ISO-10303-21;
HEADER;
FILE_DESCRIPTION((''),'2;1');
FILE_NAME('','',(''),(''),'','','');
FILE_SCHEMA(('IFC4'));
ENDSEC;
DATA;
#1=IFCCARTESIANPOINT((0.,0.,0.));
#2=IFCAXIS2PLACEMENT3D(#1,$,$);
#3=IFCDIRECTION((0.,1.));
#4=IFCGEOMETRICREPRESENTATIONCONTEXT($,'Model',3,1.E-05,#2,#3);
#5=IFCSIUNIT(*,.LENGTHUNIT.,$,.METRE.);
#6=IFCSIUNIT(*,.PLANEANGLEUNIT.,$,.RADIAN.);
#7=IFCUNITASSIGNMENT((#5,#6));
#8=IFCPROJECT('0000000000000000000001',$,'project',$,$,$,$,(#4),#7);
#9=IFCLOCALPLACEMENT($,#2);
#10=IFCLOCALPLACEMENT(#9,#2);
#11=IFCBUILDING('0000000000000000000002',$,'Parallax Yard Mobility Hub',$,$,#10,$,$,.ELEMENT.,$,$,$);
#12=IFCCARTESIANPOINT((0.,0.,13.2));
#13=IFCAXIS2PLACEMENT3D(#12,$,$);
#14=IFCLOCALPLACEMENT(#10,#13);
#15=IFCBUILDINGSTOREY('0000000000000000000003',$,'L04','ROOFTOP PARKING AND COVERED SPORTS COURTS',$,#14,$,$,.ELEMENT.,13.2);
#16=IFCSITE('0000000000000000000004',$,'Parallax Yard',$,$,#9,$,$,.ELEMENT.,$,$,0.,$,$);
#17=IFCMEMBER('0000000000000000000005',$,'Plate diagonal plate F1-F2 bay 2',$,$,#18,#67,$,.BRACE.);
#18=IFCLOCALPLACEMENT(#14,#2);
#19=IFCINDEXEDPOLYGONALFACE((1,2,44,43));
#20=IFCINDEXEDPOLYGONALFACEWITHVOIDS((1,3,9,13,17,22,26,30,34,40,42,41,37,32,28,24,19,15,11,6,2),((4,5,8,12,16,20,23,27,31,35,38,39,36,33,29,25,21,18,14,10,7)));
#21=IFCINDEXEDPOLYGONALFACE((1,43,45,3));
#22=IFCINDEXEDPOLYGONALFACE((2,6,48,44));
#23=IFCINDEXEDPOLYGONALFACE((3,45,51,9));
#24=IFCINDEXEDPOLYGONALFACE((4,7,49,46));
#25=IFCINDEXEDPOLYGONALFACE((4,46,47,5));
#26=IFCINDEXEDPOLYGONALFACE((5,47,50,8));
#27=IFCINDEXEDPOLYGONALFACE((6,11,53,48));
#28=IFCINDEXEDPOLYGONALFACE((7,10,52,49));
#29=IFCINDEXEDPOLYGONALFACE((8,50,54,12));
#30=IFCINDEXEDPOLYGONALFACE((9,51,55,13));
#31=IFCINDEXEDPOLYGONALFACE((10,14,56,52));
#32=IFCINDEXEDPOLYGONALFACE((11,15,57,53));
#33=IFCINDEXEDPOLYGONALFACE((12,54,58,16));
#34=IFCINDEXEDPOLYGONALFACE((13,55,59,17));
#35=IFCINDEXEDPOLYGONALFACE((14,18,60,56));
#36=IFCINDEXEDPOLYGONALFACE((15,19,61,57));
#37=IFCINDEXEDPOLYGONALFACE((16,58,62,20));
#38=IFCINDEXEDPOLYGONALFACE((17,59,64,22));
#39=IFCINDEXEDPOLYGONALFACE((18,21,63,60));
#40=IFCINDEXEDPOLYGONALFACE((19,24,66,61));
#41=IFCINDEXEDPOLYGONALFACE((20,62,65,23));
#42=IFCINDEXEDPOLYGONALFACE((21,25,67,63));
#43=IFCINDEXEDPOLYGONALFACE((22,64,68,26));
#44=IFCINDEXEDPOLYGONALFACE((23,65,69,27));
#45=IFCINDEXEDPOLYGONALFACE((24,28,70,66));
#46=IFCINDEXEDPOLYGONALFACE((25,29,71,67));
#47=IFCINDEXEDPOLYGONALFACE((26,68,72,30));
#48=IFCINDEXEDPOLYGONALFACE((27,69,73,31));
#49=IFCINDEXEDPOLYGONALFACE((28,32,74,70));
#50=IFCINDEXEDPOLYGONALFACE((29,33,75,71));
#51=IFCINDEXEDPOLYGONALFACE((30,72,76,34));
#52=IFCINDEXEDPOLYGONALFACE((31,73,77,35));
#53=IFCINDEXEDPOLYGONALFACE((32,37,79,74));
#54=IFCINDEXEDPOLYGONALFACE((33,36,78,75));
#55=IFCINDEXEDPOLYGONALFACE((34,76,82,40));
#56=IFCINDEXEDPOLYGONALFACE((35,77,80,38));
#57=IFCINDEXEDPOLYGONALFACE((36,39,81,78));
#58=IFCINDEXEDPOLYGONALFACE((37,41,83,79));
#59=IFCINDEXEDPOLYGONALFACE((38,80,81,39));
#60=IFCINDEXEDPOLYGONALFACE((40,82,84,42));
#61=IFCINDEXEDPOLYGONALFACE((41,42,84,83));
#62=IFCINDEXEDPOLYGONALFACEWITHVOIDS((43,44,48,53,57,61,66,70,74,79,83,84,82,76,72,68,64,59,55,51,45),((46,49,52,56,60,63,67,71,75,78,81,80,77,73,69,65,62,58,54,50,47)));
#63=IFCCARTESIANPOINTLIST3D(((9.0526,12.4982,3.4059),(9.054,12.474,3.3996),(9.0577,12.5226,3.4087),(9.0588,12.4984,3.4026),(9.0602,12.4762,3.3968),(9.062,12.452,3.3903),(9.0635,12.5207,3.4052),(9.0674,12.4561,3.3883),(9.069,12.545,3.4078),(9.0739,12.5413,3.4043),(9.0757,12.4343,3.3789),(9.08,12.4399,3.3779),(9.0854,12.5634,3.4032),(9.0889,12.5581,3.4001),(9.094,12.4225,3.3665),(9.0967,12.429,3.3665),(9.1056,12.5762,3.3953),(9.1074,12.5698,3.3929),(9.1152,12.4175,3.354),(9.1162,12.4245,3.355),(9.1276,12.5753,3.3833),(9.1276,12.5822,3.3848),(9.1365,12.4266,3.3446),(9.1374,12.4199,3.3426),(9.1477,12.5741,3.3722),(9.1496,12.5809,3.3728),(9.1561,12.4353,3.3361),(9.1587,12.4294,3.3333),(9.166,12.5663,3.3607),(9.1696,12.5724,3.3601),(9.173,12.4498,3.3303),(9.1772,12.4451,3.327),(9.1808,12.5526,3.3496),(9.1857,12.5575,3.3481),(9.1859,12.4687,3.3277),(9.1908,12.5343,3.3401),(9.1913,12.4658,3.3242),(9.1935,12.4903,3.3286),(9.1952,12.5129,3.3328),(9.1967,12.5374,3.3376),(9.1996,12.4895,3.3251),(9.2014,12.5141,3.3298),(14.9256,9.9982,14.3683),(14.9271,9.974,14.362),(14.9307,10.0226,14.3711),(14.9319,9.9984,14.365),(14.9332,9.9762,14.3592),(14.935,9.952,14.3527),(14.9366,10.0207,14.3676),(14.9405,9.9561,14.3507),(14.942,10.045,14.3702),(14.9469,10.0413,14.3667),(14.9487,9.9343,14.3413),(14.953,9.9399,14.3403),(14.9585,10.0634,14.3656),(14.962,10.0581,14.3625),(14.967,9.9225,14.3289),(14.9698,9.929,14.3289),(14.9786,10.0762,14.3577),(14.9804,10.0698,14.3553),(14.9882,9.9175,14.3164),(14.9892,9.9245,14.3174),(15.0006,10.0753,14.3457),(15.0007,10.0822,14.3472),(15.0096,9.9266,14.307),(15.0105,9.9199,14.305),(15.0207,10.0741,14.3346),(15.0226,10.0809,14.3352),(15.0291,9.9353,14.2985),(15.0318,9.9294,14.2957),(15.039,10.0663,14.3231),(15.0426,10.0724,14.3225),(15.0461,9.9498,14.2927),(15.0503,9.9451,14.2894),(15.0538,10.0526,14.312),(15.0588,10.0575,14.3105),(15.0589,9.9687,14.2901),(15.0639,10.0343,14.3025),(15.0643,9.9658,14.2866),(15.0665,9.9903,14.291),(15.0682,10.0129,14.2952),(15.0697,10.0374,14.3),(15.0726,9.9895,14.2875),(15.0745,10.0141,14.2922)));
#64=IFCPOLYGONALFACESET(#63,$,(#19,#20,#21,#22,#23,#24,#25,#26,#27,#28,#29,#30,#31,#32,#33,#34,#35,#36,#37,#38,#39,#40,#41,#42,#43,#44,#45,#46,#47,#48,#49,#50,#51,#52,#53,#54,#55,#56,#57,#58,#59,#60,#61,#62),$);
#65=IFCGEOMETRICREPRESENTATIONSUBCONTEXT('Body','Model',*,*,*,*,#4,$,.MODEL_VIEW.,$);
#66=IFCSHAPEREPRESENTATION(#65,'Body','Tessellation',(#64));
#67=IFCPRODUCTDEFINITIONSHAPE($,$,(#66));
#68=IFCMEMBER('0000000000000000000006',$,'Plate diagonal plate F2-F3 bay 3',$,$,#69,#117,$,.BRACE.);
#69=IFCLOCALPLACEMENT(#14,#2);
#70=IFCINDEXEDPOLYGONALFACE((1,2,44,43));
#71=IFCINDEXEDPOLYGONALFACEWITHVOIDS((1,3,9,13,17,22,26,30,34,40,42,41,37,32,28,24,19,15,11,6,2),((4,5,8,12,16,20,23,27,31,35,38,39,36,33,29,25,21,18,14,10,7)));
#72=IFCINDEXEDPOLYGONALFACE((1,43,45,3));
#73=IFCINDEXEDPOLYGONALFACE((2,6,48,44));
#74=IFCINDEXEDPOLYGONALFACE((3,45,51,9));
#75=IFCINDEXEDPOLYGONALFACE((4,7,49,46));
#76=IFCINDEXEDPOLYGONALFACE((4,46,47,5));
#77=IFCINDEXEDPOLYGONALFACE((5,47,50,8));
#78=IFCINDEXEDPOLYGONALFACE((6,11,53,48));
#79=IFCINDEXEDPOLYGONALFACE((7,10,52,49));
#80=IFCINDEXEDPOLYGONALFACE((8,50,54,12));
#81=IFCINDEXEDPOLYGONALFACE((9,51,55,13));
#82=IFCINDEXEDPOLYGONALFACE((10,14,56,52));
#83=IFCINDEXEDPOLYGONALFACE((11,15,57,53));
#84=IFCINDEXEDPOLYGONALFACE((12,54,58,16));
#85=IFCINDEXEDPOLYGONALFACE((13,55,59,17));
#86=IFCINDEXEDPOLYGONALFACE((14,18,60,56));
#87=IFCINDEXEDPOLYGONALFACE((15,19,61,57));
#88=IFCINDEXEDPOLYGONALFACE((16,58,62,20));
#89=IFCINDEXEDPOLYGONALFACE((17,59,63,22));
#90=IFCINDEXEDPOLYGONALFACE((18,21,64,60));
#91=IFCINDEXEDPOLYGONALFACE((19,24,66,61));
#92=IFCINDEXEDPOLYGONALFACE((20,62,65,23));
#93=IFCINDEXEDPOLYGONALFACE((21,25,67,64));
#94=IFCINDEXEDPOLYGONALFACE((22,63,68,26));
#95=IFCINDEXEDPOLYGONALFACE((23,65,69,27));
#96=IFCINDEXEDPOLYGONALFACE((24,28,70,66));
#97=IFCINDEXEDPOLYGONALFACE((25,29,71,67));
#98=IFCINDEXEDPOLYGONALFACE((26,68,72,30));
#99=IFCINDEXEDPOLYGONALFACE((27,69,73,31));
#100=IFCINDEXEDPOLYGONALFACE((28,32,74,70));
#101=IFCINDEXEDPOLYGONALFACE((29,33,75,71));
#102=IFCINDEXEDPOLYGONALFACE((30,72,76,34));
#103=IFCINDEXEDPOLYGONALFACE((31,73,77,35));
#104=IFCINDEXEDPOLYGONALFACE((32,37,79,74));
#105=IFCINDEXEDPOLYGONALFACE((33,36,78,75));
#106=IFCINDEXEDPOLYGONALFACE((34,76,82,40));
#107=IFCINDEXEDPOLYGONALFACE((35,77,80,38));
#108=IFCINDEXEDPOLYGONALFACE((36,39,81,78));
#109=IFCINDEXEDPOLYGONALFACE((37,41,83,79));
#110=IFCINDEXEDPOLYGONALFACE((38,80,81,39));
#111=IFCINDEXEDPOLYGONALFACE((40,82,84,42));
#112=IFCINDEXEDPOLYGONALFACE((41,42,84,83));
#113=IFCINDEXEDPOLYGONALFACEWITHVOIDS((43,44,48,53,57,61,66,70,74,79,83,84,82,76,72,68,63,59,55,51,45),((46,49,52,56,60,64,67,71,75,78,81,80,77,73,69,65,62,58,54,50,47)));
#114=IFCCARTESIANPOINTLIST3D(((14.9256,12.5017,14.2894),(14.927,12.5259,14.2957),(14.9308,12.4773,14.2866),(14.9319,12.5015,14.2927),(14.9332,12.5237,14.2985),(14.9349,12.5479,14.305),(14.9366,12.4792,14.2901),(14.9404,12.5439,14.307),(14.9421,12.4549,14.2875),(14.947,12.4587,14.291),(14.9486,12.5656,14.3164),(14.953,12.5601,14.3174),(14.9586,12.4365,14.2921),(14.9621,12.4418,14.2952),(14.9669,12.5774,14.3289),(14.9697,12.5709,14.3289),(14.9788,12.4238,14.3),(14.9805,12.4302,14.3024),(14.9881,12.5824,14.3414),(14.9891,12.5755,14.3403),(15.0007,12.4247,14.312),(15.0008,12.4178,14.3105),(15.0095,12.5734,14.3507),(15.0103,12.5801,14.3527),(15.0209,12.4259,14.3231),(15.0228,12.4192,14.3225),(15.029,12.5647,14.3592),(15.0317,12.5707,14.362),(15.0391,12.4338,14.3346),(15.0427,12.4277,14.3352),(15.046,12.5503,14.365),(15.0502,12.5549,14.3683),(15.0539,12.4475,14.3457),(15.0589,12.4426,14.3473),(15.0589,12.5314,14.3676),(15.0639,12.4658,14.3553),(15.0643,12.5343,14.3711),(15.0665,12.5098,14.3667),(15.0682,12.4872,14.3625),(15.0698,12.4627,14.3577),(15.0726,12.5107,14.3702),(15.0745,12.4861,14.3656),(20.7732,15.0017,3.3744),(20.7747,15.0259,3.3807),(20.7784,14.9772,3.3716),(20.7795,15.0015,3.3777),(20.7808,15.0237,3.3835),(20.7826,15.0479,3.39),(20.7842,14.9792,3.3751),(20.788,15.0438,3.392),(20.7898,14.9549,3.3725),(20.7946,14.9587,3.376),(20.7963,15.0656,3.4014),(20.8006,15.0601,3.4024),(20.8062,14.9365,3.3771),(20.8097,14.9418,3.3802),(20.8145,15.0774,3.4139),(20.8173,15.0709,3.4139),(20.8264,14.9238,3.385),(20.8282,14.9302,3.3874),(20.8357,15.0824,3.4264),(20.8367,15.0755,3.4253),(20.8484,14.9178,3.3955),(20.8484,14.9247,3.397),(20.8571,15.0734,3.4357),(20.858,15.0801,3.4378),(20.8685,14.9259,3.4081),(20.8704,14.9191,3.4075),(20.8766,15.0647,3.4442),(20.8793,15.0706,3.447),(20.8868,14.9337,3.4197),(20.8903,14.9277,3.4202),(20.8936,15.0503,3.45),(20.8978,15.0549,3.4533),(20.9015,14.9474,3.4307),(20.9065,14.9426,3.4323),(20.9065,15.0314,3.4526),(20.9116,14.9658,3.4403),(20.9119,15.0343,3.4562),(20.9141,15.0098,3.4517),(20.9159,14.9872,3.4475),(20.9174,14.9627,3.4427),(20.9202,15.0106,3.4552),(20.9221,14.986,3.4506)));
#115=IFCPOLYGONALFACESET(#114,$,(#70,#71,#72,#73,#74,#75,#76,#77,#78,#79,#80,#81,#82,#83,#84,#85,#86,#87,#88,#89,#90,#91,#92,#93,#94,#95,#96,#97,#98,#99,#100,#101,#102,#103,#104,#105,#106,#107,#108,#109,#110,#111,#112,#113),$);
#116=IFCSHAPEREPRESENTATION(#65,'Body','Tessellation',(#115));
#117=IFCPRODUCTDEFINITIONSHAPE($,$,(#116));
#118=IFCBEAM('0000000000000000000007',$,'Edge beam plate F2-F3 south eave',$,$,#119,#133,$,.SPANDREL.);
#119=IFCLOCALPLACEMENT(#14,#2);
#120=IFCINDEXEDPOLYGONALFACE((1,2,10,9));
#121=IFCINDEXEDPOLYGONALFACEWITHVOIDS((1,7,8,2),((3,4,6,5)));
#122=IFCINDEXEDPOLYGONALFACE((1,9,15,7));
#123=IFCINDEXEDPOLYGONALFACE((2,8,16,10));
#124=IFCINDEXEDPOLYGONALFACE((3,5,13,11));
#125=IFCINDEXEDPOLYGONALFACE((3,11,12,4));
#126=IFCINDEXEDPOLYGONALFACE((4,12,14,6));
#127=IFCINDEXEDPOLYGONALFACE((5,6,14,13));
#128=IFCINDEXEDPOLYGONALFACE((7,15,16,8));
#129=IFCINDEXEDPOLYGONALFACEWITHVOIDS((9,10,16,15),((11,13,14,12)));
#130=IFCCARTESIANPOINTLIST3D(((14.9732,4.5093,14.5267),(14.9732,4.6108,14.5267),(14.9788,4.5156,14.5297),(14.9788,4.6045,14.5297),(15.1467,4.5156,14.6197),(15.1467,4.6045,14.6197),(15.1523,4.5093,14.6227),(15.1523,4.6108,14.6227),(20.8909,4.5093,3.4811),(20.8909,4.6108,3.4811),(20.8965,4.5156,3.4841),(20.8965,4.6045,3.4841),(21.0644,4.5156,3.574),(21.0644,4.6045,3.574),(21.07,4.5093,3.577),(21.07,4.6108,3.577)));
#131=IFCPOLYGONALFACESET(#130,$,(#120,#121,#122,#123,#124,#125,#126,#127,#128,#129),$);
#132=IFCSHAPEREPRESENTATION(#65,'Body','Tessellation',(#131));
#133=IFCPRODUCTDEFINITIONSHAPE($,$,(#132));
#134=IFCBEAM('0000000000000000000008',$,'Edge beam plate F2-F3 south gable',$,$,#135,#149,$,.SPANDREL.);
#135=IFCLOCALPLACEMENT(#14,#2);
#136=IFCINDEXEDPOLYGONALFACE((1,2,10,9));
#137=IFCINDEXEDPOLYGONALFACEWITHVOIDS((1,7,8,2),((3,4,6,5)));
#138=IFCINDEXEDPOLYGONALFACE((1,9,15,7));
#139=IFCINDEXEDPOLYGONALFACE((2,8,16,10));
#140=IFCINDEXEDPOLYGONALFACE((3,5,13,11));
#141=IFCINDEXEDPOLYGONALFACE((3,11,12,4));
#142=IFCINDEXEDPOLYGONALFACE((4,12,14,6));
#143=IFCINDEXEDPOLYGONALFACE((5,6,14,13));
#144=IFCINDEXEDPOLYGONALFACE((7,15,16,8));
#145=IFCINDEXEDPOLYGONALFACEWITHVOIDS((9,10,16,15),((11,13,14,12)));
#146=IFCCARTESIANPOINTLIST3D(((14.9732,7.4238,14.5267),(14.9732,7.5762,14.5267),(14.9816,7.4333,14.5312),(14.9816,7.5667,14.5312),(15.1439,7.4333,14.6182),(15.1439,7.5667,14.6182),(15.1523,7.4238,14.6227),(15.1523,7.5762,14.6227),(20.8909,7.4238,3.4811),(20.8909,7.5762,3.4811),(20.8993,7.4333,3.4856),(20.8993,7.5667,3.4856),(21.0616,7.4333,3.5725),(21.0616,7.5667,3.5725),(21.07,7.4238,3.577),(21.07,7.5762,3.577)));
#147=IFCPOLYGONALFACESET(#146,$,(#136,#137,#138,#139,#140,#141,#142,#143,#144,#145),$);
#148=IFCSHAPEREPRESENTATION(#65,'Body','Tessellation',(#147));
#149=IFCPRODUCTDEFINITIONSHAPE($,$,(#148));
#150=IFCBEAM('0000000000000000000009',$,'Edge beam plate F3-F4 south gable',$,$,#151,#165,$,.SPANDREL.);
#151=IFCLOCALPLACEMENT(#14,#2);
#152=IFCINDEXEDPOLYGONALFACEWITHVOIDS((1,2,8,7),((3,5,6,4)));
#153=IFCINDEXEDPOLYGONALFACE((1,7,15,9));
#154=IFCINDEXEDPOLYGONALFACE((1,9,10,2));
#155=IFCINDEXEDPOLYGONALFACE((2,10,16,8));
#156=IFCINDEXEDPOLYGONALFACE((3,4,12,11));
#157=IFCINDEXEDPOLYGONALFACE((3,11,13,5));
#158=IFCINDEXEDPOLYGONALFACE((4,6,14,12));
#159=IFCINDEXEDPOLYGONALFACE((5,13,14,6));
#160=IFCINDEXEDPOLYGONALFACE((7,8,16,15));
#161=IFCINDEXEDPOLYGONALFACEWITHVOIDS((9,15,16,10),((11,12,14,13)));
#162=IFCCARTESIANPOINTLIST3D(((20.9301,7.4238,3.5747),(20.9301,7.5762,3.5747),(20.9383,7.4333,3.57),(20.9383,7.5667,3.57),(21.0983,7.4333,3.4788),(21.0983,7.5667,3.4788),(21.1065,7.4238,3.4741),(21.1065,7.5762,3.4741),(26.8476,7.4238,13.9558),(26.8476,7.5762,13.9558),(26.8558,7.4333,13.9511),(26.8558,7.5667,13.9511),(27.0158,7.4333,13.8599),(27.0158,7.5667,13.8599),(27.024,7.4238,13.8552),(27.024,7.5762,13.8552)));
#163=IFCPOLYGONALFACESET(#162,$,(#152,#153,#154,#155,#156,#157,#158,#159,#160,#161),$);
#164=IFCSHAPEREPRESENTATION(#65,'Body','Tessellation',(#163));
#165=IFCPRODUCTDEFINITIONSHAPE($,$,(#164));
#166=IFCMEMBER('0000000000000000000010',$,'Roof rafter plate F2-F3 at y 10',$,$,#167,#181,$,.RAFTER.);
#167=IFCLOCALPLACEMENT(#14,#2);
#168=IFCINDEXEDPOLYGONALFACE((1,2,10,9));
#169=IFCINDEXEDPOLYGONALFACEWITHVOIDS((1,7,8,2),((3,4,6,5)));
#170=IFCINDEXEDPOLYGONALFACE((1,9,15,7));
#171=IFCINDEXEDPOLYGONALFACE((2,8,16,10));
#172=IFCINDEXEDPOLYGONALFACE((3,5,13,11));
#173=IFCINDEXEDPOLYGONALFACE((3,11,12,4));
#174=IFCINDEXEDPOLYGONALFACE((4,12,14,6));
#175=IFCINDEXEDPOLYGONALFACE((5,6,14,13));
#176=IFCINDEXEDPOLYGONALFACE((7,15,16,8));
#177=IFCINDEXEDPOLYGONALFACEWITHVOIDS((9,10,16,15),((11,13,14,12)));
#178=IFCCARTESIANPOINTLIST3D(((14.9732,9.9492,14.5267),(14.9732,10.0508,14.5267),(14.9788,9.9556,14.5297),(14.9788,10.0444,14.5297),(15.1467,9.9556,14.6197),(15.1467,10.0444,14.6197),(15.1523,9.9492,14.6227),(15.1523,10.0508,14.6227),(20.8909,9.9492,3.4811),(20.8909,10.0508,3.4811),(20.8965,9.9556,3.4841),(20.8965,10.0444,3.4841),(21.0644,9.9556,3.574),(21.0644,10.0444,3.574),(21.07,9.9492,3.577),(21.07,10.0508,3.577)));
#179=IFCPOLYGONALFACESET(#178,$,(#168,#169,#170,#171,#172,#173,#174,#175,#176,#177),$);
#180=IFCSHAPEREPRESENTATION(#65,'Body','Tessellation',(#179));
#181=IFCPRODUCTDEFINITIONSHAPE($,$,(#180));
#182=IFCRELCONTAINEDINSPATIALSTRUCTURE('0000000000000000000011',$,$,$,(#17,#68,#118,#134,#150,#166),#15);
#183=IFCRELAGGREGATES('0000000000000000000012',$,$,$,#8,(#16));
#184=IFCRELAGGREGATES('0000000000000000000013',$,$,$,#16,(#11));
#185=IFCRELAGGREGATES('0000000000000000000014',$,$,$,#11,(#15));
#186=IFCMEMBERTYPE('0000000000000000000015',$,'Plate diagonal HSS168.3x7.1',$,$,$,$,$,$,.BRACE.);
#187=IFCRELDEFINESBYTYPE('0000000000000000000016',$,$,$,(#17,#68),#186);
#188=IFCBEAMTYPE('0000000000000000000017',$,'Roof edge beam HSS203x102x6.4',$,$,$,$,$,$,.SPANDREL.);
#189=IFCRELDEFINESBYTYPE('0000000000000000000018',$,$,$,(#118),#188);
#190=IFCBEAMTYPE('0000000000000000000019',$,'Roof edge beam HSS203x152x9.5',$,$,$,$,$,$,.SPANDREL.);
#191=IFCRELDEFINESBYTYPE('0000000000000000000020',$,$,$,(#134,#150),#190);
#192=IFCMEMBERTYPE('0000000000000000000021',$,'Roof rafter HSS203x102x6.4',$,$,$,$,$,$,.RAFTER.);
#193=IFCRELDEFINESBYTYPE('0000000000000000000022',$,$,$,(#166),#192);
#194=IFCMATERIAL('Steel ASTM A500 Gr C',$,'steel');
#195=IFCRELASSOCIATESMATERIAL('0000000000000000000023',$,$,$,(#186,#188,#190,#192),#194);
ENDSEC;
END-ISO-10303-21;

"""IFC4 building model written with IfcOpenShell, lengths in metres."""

from ifc_helpers import new_model, si_unit, direction, frame, origin, origin_2d, place, context, subcontext, project, spatial, hollow_rectangle, hollow_circle, extrude, material, material_profile, profile_set, type_object, element, save


model = new_model("IFC4")

# Units and contexts
model_context = context("Model", 3, precision=1e-05, world=origin(), true_north=direction((0.0, 1.0)))
body_context = subcontext(model_context, "Body", "Model", "MODEL_VIEW")
ifc_project = project(units=[si_unit("LENGTHUNIT", "METRE"), si_unit("PLANEANGLEUNIT", "RADIAN")], contexts=[model_context])

# Site, building, storey
site_placement = place(None, origin())
site = spatial("IfcSite", under=ifc_project, at=site_placement, Name="Parallax Yard", CompositionType="ELEMENT", RefElevation=0.0)
building_placement = place(site_placement, origin())
building = spatial("IfcBuilding", under=site, at=building_placement, Name="Parallax Yard Mobility Hub", CompositionType="ELEMENT")
storey_placement = place(building_placement, frame((0.0, 0.0, 13.2)))
storey = spatial("IfcBuildingStorey", under=building, at=storey_placement, Name="L04", Description="ROOFTOP PARKING AND COVERED SPORTS COURTS", CompositionType="ELEMENT", Elevation=13.2)

# Members
ifc_material_1 = material(Name="Steel ASTM A500 Gr C", Category="steel")
ifc_material_profile_1 = material_profile(ifc_material_1, hollow_circle(Radius=0.0842, WallThickness=0.0071, at=origin_2d()), Name="HSS168.3x7.1")
ifc_profile_set_1 = profile_set([ifc_material_profile_1], Name="Steel ASTM A500 Gr C")
member_type_1 = type_object("IfcMemberType", Name="Plate diagonal HSS168.3x7.1", PredefinedType="BRACE", material=ifc_profile_set_1)
member_1_placement = place(storey_placement, frame((15.0, 10.0, 14.3289), z_axis=(-0.46298, 0.197078, -0.864181), x_axis=(-0.391665, -0.920108, 0.0)))
element("IfcMember", 1, at=member_1_placement, inside=storey, type_object=member_type_1, Name="Plate diagonal plate F1-F2 bay 2", PredefinedType="BRACE", context=body_context, shape_type="SweptSolid", body=[
    extrude(hollow_circle(Radius=0.0842, WallThickness=0.0071, at=origin_2d()), origin(), (0.0, 0.0, 1.0), 12.6853),
])
member_2_placement = place(storey_placement, frame((15.0, 12.5, 14.3289), z_axis=(0.462901, 0.1979, -0.864036), x_axis=(-0.393104, 0.919494, 0.0)))
element("IfcMember", 2, at=member_2_placement, inside=storey, type_object=member_type_1, Name="Plate diagonal plate F2-F3 bay 3", PredefinedType="BRACE", context=body_context, shape_type="SweptSolid", body=[
    extrude(hollow_circle(Radius=0.0842, WallThickness=0.0071, at=origin_2d()), origin(), (0.0, 0.0, 1.0), 12.6326),
])

# Beams
ifc_material_profile_2 = material_profile(ifc_material_1, hollow_rectangle(XDim=0.1016, YDim=0.2031, WallThickness=0.0063, at=origin_2d()), Name="HSS203x102x6.4")
ifc_profile_set_2 = profile_set([ifc_material_profile_2], Name="Steel ASTM A500 Gr C")
beam_type_1 = type_object("IfcBeamType", Name="Roof edge beam HSS203x102x6.4", PredefinedType="SPANDREL", material=ifc_profile_set_2)
beam_1_placement = place(storey_placement, frame((15.0627, 4.5601, 14.5747), z_axis=(0.472247, 0.0, -0.881466), x_axis=(0.0, 1.0, 0.0)))
element("IfcBeam", 3, at=beam_1_placement, inside=storey, type_object=beam_type_1, Name="Edge beam plate F2-F3 south eave", PredefinedType="SPANDREL", context=body_context, shape_type="SweptSolid", body=[
    extrude(hollow_rectangle(XDim=0.1016, YDim=0.2031, WallThickness=0.0063, at=origin_2d()), origin(), (0.0, 0.0, 1.0), 12.531),
])
ifc_material_profile_3 = material_profile(ifc_material_1, hollow_rectangle(XDim=0.1523, YDim=0.2031, WallThickness=0.0095, at=origin_2d()), Name="HSS203x152x9.5")
ifc_profile_set_3 = profile_set([ifc_material_profile_3], Name="Steel ASTM A500 Gr C")
beam_type_2 = type_object("IfcBeamType", Name="Roof edge beam HSS203x152x9.5", PredefinedType="SPANDREL", material=ifc_profile_set_3)
beam_2_placement = place(storey_placement, frame((15.0627, 7.5, 14.5747), z_axis=(0.472247, 0.0, -0.881466), x_axis=(0.0, 1.0, 0.0)))
element("IfcBeam", 4, at=beam_2_placement, inside=storey, type_object=beam_type_2, Name="Edge beam plate F2-F3 south gable", PredefinedType="SPANDREL", context=body_context, shape_type="SweptSolid", body=[
    extrude(hollow_rectangle(XDim=0.1523, YDim=0.2031, WallThickness=0.0095, at=origin_2d()), origin(), (0.0, 0.0, 1.0), 12.531),
])
beam_3_placement = place(storey_placement, frame((21.0183, 7.5, 3.5244), z_axis=(0.495219, 0.0, 0.868768), x_axis=(0.0, 1.0, 0.0)))
element("IfcBeam", 5, at=beam_3_placement, inside=storey, type_object=beam_type_2, Name="Edge beam plate F3-F4 south gable", PredefinedType="SPANDREL", context=body_context, shape_type="SweptSolid", body=[
    extrude(hollow_rectangle(XDim=0.1523, YDim=0.2031, WallThickness=0.0095, at=origin_2d()), origin(), (0.0, 0.0, 1.0), 11.9492),
])

# Member
ifc_material_profile_4 = material_profile(ifc_material_1, hollow_rectangle(XDim=0.1016, YDim=0.2031, WallThickness=0.0063, at=origin_2d()), Name="HSS203x102x6.4")
ifc_profile_set_4 = profile_set([ifc_material_profile_4], Name="Steel ASTM A500 Gr C")
member_type_2 = type_object("IfcMemberType", Name="Roof rafter HSS203x102x6.4", PredefinedType="RAFTER", material=ifc_profile_set_4)
member_3_placement = place(storey_placement, frame((15.0627, 10.0, 14.5747), z_axis=(0.472247, 0.0, -0.881466), x_axis=(0.0, 1.0, 0.0)))
element("IfcMember", 6, at=member_3_placement, inside=storey, type_object=member_type_2, Name="Roof rafter plate F2-F3 at y 10", PredefinedType="RAFTER", context=body_context, shape_type="SweptSolid", body=[
    extrude(hollow_rectangle(XDim=0.1016, YDim=0.2031, WallThickness=0.0063, at=origin_2d()), origin(), (0.0, 0.0, 1.0), 12.531),
])

save(model, "model.ifc")
